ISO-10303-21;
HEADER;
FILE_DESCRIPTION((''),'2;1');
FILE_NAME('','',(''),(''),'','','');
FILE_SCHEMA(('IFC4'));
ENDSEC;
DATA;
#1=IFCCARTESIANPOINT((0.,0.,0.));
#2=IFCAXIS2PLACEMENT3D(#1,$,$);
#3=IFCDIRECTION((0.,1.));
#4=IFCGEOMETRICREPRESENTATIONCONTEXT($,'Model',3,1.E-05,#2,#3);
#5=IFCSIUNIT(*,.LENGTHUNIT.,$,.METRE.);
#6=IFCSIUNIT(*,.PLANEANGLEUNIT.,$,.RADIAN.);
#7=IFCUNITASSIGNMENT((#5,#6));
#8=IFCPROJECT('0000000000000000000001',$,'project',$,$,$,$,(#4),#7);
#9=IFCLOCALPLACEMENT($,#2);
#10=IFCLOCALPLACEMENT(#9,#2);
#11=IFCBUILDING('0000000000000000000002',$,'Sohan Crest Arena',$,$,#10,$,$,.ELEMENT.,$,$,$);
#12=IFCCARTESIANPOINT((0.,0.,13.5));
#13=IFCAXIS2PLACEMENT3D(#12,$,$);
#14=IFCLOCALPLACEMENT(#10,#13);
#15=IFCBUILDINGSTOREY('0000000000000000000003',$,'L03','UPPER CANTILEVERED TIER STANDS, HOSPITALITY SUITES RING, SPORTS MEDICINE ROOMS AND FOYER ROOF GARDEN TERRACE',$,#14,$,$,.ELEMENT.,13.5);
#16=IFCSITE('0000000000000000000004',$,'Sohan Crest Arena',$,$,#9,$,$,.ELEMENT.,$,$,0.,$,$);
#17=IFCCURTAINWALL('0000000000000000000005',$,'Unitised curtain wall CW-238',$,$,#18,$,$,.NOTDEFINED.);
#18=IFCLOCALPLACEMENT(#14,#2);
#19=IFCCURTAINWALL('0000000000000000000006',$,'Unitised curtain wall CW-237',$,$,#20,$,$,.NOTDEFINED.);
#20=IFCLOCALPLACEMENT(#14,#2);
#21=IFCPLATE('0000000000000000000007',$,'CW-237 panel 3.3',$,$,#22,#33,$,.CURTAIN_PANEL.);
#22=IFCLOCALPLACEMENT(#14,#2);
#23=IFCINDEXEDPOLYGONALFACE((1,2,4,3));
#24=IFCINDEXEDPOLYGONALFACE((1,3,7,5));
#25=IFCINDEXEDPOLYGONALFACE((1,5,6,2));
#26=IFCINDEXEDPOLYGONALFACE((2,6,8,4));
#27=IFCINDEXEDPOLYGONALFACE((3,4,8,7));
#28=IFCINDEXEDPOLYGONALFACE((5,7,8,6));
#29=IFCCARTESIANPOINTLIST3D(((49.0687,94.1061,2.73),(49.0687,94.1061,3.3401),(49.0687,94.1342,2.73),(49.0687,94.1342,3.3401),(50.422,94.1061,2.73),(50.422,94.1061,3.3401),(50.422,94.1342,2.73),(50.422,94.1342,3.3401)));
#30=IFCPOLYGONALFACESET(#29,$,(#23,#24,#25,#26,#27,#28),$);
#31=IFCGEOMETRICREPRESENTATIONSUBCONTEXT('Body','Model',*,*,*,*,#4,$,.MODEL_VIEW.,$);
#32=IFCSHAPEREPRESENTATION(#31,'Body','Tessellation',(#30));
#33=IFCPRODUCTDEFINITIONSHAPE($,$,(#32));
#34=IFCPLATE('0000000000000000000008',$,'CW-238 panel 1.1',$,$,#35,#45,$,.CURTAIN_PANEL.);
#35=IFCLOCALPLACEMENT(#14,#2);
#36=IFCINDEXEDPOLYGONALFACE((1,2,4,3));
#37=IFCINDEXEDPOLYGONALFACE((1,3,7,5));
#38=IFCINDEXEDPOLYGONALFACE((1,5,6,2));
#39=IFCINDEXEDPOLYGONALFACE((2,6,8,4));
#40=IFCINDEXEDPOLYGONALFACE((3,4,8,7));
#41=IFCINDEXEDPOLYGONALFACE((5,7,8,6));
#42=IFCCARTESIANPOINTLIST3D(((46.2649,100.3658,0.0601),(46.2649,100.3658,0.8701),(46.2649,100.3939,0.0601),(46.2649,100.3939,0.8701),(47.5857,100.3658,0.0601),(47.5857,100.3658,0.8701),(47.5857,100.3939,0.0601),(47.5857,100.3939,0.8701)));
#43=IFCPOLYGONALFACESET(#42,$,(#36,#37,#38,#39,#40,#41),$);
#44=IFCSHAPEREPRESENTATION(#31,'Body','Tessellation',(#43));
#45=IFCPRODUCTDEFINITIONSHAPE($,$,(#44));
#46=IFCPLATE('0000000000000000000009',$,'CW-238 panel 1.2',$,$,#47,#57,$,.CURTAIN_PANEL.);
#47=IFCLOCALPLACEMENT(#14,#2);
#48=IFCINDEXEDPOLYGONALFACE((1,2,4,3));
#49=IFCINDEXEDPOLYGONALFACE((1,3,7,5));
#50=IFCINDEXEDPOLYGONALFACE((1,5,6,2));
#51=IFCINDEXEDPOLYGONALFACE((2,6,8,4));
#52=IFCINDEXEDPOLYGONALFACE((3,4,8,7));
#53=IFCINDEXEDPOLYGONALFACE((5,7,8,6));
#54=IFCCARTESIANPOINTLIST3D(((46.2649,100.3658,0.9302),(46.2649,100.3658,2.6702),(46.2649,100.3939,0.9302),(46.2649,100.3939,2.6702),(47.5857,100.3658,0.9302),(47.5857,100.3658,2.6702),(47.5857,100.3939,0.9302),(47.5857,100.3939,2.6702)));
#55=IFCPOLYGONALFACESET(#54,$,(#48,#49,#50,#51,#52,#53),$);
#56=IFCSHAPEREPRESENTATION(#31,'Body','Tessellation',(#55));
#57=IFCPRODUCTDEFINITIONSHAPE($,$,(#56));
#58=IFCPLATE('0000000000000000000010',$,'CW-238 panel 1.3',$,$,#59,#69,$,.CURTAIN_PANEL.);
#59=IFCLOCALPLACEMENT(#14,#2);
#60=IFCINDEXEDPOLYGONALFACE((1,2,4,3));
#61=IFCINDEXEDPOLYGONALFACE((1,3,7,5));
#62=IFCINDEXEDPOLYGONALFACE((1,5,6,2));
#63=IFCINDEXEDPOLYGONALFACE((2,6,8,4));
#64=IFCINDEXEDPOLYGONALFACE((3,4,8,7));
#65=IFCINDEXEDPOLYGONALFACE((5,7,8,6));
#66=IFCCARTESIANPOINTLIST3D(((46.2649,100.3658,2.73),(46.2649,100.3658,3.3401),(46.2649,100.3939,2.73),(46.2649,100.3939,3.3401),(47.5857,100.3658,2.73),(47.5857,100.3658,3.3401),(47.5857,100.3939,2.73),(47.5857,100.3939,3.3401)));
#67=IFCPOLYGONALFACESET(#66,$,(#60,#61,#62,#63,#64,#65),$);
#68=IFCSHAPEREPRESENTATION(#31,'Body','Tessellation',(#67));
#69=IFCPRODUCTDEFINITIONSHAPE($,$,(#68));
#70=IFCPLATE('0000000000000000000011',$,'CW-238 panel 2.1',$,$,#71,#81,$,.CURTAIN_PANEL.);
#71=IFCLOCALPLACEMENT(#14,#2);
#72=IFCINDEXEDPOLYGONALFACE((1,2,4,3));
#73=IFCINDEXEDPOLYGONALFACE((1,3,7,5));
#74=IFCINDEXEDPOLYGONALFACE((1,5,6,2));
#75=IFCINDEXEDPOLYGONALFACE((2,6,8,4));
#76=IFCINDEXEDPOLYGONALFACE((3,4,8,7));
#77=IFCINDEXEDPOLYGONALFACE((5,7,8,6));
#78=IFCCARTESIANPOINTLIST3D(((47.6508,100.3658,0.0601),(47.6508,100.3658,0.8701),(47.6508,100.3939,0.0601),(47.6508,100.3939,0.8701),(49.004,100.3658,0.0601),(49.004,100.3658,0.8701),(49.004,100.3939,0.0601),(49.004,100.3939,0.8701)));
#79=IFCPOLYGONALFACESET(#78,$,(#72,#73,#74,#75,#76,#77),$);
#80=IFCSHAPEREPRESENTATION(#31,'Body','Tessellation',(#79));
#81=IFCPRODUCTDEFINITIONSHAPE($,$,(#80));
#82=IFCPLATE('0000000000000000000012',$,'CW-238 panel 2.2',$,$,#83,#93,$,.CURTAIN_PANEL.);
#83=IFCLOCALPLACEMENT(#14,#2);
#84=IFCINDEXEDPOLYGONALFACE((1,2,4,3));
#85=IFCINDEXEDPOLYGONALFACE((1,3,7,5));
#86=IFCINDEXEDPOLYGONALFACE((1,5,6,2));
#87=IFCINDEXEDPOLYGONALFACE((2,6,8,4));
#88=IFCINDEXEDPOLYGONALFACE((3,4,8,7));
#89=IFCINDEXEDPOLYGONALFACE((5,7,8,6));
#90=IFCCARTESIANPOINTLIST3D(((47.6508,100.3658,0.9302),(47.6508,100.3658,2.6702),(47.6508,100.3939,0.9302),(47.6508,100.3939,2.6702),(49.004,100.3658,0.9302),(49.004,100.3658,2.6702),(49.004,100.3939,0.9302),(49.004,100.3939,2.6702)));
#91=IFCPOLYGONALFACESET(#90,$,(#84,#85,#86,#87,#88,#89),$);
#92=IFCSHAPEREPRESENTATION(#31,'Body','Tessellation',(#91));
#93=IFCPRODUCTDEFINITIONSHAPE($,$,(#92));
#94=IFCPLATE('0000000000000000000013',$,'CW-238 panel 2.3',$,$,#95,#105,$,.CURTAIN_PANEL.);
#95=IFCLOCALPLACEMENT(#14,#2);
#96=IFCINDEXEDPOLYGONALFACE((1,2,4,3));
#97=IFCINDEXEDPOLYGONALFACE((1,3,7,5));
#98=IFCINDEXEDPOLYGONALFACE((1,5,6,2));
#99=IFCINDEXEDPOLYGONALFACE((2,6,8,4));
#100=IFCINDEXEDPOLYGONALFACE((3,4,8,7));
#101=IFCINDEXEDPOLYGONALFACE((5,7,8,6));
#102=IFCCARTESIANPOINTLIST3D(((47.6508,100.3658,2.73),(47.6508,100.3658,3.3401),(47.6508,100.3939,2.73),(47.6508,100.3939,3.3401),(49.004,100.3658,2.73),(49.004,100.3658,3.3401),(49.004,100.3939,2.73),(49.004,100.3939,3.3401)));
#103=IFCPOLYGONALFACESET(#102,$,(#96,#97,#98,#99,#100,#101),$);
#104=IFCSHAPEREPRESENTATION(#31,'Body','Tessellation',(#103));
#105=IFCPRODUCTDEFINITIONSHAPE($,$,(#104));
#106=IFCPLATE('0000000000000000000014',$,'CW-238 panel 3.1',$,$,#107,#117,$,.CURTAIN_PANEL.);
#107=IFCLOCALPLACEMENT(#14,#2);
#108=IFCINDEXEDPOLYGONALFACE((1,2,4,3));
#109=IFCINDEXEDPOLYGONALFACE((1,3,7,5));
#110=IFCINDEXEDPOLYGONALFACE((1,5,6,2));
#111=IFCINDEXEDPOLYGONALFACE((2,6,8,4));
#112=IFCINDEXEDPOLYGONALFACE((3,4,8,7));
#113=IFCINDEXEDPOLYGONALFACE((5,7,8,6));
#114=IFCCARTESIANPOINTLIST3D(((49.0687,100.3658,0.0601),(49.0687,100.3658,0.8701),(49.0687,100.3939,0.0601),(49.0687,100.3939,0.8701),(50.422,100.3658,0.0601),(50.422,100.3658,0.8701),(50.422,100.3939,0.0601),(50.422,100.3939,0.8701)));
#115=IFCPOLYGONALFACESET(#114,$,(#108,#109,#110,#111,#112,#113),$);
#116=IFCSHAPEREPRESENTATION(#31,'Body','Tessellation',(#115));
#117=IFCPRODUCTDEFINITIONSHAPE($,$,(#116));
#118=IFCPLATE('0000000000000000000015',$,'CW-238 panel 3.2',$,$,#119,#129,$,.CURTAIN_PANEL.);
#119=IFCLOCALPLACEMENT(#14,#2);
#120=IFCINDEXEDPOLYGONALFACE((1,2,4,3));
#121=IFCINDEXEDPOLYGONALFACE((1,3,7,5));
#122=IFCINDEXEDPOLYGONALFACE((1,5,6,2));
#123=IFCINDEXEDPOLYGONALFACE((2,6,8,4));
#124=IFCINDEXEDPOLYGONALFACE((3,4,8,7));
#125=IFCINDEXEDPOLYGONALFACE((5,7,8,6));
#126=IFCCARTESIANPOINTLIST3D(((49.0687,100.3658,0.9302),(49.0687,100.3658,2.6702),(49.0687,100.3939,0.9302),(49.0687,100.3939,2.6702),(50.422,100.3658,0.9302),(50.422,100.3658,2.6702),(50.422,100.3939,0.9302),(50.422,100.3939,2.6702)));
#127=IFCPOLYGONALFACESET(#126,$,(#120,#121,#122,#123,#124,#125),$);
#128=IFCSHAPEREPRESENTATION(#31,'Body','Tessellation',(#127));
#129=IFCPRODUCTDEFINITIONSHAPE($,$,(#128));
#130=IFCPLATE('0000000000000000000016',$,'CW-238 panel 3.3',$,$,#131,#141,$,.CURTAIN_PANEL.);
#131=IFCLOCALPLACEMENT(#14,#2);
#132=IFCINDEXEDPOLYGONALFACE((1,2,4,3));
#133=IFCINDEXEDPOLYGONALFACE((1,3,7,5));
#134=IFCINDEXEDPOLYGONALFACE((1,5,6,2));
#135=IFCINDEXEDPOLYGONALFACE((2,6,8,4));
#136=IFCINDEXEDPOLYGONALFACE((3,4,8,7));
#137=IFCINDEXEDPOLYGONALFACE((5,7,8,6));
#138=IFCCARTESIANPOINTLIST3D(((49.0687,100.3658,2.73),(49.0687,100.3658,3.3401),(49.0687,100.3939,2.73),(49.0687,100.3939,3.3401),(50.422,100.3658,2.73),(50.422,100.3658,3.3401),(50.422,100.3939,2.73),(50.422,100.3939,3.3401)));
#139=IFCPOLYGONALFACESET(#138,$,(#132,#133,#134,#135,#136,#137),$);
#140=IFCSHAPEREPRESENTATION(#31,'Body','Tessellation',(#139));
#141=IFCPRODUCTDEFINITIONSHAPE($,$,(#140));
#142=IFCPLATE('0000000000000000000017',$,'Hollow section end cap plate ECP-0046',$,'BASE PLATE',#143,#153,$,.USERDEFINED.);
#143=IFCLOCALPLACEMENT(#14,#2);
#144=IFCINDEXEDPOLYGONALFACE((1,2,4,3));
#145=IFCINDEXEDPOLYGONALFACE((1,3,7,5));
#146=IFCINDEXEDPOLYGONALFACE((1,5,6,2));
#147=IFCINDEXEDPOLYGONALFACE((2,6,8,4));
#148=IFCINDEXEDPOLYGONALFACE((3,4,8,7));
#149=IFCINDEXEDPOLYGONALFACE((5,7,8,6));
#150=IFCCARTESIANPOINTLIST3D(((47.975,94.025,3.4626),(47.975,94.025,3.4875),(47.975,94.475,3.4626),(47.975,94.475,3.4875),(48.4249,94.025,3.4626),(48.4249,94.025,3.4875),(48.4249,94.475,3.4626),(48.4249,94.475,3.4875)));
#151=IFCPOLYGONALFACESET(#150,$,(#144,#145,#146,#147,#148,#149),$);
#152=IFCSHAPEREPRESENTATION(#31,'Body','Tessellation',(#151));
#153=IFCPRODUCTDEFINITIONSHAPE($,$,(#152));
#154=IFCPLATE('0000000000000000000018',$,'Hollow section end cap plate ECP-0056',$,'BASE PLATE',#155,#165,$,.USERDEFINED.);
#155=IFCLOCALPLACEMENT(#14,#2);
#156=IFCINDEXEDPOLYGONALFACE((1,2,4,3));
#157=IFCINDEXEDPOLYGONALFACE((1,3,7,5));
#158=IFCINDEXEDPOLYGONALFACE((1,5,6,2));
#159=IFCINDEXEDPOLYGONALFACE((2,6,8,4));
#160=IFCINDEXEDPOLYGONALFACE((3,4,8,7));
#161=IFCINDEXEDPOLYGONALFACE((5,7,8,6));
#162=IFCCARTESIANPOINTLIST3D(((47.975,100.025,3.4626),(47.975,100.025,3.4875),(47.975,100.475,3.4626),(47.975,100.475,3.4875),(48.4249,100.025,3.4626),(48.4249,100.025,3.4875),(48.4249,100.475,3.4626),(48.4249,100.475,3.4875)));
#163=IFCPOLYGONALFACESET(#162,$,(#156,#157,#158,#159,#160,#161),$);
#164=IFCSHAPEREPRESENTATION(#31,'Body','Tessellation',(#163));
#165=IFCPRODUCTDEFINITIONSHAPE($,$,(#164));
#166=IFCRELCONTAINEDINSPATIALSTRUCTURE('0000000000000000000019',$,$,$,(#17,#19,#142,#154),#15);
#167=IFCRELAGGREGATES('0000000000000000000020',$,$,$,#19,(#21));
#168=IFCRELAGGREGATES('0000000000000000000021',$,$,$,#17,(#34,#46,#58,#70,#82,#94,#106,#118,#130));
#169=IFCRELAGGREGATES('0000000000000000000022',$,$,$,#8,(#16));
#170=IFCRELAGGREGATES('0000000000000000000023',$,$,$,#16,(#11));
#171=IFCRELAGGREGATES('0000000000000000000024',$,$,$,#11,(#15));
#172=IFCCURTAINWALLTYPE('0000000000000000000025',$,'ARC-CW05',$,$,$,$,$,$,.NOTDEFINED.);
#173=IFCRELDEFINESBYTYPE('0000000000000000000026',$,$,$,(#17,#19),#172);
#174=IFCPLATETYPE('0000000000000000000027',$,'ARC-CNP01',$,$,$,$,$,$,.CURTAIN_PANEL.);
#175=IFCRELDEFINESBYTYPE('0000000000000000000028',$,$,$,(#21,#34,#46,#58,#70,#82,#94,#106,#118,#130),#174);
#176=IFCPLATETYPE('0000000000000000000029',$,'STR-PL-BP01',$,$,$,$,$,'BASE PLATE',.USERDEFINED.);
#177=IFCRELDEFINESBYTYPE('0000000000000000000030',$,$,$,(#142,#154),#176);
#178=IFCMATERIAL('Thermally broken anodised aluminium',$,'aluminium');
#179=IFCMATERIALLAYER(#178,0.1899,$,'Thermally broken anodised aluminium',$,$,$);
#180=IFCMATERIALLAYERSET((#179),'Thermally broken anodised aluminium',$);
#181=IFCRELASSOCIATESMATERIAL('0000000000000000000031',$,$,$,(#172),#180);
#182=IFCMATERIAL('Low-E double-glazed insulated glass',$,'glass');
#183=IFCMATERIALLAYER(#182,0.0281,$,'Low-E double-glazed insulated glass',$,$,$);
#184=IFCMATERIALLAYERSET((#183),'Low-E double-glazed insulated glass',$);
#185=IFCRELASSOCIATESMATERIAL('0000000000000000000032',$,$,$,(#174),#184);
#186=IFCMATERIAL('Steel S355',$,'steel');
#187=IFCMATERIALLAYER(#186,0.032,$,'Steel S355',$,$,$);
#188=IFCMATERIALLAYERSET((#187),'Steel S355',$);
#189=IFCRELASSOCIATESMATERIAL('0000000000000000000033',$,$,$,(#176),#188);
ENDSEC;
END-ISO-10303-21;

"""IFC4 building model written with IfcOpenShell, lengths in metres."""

from ifc_helpers import new_model, si_unit, direction, frame, origin, origin_2d, place, context, subcontext, project, spatial, rectangle, extrude, material, layer, layer_set, type_object, element, aggregate, save


model = new_model("IFC4")

# Units and contexts
model_context = context("Model", 3, precision=1e-05, world=origin(), true_north=direction((0.0, 1.0)))
body_context = subcontext(model_context, "Body", "Model", "MODEL_VIEW")
ifc_project = project(units=[si_unit("LENGTHUNIT", "METRE"), si_unit("PLANEANGLEUNIT", "RADIAN")], contexts=[model_context])

# Site, building, storey
site_placement = place(None, origin())
site = spatial("IfcSite", under=ifc_project, at=site_placement, Name="Sohan Crest Arena", CompositionType="ELEMENT", RefElevation=0.0)
building_placement = place(site_placement, origin())
building = spatial("IfcBuilding", under=site, at=building_placement, Name="Sohan Crest Arena", CompositionType="ELEMENT")
storey_placement = place(building_placement, frame((0.0, 0.0, 13.5)))
storey = spatial("IfcBuildingStorey", under=building, at=storey_placement, Name="L03", Description="UPPER CANTILEVERED TIER STANDS, HOSPITALITY SUITES RING, SPORTS MEDICINE ROOMS AND FOYER ROOF GARDEN TERRACE", CompositionType="ELEMENT", Elevation=13.5)

# Shared definitions
ifc_material_1 = material(Name="Steel S355", Category="steel")

# Curtain walls
ifc_material_2 = material(Name="Thermally broken anodised aluminium", Category="aluminium")
ifc_layer_1 = layer(ifc_material_2, 0.1899, Name="Thermally broken anodised aluminium")
ifc_layer_set_1 = layer_set([ifc_layer_1], Name="Thermally broken anodised aluminium")
curtain_wall_type = type_object("IfcCurtainWallType", Name="ARC-CW05", PredefinedType="NOTDEFINED", material=ifc_layer_set_1)
curtain_wall_1_placement = place(storey_placement, origin())
curtain_wall_1 = element("IfcCurtainWall", 1, at=curtain_wall_1_placement, inside=storey, type_object=curtain_wall_type, Name="Unitised curtain wall CW-238", PredefinedType="NOTDEFINED")
curtain_wall_2_placement = place(storey_placement, origin())
curtain_wall_2 = element("IfcCurtainWall", 2, at=curtain_wall_2_placement, inside=storey, type_object=curtain_wall_type, Name="Unitised curtain wall CW-237", PredefinedType="NOTDEFINED")

# Plates
ifc_material_3 = material(Name="Low-E double-glazed insulated glass", Category="glass")
ifc_layer_2 = layer(ifc_material_3, 0.0281, Name="Low-E double-glazed insulated glass")
ifc_layer_set_2 = layer_set([ifc_layer_2], Name="Low-E double-glazed insulated glass")
plate_type_1 = type_object("IfcPlateType", Name="ARC-CNP01", PredefinedType="CURTAIN_PANEL", material=ifc_layer_set_2)
plate_1_placement = place(storey_placement, frame((49.7454, 94.1201, 2.73), z_axis=(0.0, 0.0, 1.0), x_axis=(1.0, 0.0, 0.0)))
plate_1 = element("IfcPlate", 3, at=plate_1_placement, type_object=plate_type_1, Name="CW-237 panel 3.3", PredefinedType="CURTAIN_PANEL", context=body_context, shape_type="SweptSolid", body=[
    extrude(rectangle(XDim=1.3533, YDim=0.0281, at=origin_2d()), origin(), (0.0, 0.0, 1.0), 0.6101),
])
aggregate(curtain_wall_2, [plate_1])
plate_2_placement = place(storey_placement, frame((46.9253, 100.3799, 0.0601), z_axis=(0.0, 0.0, 1.0), x_axis=(1.0, 0.0, 0.0)))
plate_2 = element("IfcPlate", 4, at=plate_2_placement, type_object=plate_type_1, Name="CW-238 panel 1.1", PredefinedType="CURTAIN_PANEL", context=body_context, shape_type="SweptSolid", body=[
    extrude(rectangle(XDim=1.3208, YDim=0.0281, at=origin_2d()), origin(), (0.0, 0.0, 1.0), 0.8101),
])
plate_3_placement = place(storey_placement, frame((46.9253, 100.3799, 0.9302), z_axis=(0.0, 0.0, 1.0), x_axis=(1.0, 0.0, 0.0)))
plate_3 = element("IfcPlate", 5, at=plate_3_placement, type_object=plate_type_1, Name="CW-238 panel 1.2", PredefinedType="CURTAIN_PANEL", context=body_context, shape_type="SweptSolid", body=[
    extrude(rectangle(XDim=1.3208, YDim=0.0281, at=origin_2d()), origin(), (0.0, 0.0, 1.0), 1.74),
])
plate_4_placement = place(storey_placement, frame((46.9253, 100.3799, 2.73), z_axis=(0.0, 0.0, 1.0), x_axis=(1.0, 0.0, 0.0)))
plate_4 = element("IfcPlate", 6, at=plate_4_placement, type_object=plate_type_1, Name="CW-238 panel 1.3", PredefinedType="CURTAIN_PANEL", context=body_context, shape_type="SweptSolid", body=[
    extrude(rectangle(XDim=1.3208, YDim=0.0281, at=origin_2d()), origin(), (0.0, 0.0, 1.0), 0.6101),
])
plate_5_placement = place(storey_placement, frame((48.3274, 100.3799, 0.0601), z_axis=(0.0, 0.0, 1.0), x_axis=(1.0, 0.0, 0.0)))
plate_5 = element("IfcPlate", 7, at=plate_5_placement, type_object=plate_type_1, Name="CW-238 panel 2.1", PredefinedType="CURTAIN_PANEL", context=body_context, shape_type="SweptSolid", body=[
    extrude(rectangle(XDim=1.3533, YDim=0.0281, at=origin_2d()), origin(), (0.0, 0.0, 1.0), 0.8101),
])
plate_6_placement = place(storey_placement, frame((48.3274, 100.3799, 0.9302), z_axis=(0.0, 0.0, 1.0), x_axis=(1.0, 0.0, 0.0)))
plate_6 = element("IfcPlate", 8, at=plate_6_placement, type_object=plate_type_1, Name="CW-238 panel 2.2", PredefinedType="CURTAIN_PANEL", context=body_context, shape_type="SweptSolid", body=[
    extrude(rectangle(XDim=1.3533, YDim=0.0281, at=origin_2d()), origin(), (0.0, 0.0, 1.0), 1.74),
])
plate_7_placement = place(storey_placement, frame((48.3274, 100.3799, 2.73), z_axis=(0.0, 0.0, 1.0), x_axis=(1.0, 0.0, 0.0)))
plate_7 = element("IfcPlate", 9, at=plate_7_placement, type_object=plate_type_1, Name="CW-238 panel 2.3", PredefinedType="CURTAIN_PANEL", context=body_context, shape_type="SweptSolid", body=[
    extrude(rectangle(XDim=1.3533, YDim=0.0281, at=origin_2d()), origin(), (0.0, 0.0, 1.0), 0.6101),
])
plate_8_placement = place(storey_placement, frame((49.7454, 100.3799, 0.0601), z_axis=(0.0, 0.0, 1.0), x_axis=(1.0, 0.0, 0.0)))
plate_8 = element("IfcPlate", 10, at=plate_8_placement, type_object=plate_type_1, Name="CW-238 panel 3.1", PredefinedType="CURTAIN_PANEL", context=body_context, shape_type="SweptSolid", body=[
    extrude(rectangle(XDim=1.3533, YDim=0.0281, at=origin_2d()), origin(), (0.0, 0.0, 1.0), 0.8101),
])
plate_9_placement = place(storey_placement, frame((49.7454, 100.3799, 0.9302), z_axis=(0.0, 0.0, 1.0), x_axis=(1.0, 0.0, 0.0)))
plate_9 = element("IfcPlate", 11, at=plate_9_placement, type_object=plate_type_1, Name="CW-238 panel 3.2", PredefinedType="CURTAIN_PANEL", context=body_context, shape_type="SweptSolid", body=[
    extrude(rectangle(XDim=1.3533, YDim=0.0281, at=origin_2d()), origin(), (0.0, 0.0, 1.0), 1.74),
])
plate_10_placement = place(storey_placement, frame((49.7454, 100.3799, 2.73), z_axis=(0.0, 0.0, 1.0), x_axis=(1.0, 0.0, 0.0)))
plate_10 = element("IfcPlate", 12, at=plate_10_placement, type_object=plate_type_1, Name="CW-238 panel 3.3", PredefinedType="CURTAIN_PANEL", context=body_context, shape_type="SweptSolid", body=[
    extrude(rectangle(XDim=1.3533, YDim=0.0281, at=origin_2d()), origin(), (0.0, 0.0, 1.0), 0.6101),
])
aggregate(curtain_wall_1, [plate_2, plate_3, plate_4, plate_5, plate_6, plate_7, plate_8, plate_9, plate_10])

# Plates
ifc_layer_3 = layer(ifc_material_1, 0.032, Name="Steel S355")
ifc_layer_set_3 = layer_set([ifc_layer_3], Name="Steel S355")
plate_type_2 = type_object("IfcPlateType", Name="STR-PL-BP01", ElementType="BASE PLATE", PredefinedType="USERDEFINED", material=ifc_layer_set_3)
for number, where, z_axis, x_axis, name in (
    (13, (48.2, 94.25, 3.4626), (0.0, 0.0, 1.0), (1.0, 0.0, 0.0), "Hollow section end cap plate ECP-0046"),
    (14, (48.2, 100.25, 3.4626), (0.0, 0.0, 1.0), (1.0, 0.0, 0.0), "Hollow section end cap plate ECP-0056"),
):
    element("IfcPlate", number, at=place(storey_placement, frame(where, z_axis=z_axis, x_axis=x_axis)), inside=storey, type_object=plate_type_2, Name=name, ObjectType="BASE PLATE", PredefinedType="USERDEFINED", context=body_context, shape_type="SweptSolid", body=[
        extrude(rectangle(XDim=0.45, YDim=0.45, at=origin_2d()), origin(), (0.0, 0.0, 1.0), 0.0249),
    ])

save(model, "model.ifc")
